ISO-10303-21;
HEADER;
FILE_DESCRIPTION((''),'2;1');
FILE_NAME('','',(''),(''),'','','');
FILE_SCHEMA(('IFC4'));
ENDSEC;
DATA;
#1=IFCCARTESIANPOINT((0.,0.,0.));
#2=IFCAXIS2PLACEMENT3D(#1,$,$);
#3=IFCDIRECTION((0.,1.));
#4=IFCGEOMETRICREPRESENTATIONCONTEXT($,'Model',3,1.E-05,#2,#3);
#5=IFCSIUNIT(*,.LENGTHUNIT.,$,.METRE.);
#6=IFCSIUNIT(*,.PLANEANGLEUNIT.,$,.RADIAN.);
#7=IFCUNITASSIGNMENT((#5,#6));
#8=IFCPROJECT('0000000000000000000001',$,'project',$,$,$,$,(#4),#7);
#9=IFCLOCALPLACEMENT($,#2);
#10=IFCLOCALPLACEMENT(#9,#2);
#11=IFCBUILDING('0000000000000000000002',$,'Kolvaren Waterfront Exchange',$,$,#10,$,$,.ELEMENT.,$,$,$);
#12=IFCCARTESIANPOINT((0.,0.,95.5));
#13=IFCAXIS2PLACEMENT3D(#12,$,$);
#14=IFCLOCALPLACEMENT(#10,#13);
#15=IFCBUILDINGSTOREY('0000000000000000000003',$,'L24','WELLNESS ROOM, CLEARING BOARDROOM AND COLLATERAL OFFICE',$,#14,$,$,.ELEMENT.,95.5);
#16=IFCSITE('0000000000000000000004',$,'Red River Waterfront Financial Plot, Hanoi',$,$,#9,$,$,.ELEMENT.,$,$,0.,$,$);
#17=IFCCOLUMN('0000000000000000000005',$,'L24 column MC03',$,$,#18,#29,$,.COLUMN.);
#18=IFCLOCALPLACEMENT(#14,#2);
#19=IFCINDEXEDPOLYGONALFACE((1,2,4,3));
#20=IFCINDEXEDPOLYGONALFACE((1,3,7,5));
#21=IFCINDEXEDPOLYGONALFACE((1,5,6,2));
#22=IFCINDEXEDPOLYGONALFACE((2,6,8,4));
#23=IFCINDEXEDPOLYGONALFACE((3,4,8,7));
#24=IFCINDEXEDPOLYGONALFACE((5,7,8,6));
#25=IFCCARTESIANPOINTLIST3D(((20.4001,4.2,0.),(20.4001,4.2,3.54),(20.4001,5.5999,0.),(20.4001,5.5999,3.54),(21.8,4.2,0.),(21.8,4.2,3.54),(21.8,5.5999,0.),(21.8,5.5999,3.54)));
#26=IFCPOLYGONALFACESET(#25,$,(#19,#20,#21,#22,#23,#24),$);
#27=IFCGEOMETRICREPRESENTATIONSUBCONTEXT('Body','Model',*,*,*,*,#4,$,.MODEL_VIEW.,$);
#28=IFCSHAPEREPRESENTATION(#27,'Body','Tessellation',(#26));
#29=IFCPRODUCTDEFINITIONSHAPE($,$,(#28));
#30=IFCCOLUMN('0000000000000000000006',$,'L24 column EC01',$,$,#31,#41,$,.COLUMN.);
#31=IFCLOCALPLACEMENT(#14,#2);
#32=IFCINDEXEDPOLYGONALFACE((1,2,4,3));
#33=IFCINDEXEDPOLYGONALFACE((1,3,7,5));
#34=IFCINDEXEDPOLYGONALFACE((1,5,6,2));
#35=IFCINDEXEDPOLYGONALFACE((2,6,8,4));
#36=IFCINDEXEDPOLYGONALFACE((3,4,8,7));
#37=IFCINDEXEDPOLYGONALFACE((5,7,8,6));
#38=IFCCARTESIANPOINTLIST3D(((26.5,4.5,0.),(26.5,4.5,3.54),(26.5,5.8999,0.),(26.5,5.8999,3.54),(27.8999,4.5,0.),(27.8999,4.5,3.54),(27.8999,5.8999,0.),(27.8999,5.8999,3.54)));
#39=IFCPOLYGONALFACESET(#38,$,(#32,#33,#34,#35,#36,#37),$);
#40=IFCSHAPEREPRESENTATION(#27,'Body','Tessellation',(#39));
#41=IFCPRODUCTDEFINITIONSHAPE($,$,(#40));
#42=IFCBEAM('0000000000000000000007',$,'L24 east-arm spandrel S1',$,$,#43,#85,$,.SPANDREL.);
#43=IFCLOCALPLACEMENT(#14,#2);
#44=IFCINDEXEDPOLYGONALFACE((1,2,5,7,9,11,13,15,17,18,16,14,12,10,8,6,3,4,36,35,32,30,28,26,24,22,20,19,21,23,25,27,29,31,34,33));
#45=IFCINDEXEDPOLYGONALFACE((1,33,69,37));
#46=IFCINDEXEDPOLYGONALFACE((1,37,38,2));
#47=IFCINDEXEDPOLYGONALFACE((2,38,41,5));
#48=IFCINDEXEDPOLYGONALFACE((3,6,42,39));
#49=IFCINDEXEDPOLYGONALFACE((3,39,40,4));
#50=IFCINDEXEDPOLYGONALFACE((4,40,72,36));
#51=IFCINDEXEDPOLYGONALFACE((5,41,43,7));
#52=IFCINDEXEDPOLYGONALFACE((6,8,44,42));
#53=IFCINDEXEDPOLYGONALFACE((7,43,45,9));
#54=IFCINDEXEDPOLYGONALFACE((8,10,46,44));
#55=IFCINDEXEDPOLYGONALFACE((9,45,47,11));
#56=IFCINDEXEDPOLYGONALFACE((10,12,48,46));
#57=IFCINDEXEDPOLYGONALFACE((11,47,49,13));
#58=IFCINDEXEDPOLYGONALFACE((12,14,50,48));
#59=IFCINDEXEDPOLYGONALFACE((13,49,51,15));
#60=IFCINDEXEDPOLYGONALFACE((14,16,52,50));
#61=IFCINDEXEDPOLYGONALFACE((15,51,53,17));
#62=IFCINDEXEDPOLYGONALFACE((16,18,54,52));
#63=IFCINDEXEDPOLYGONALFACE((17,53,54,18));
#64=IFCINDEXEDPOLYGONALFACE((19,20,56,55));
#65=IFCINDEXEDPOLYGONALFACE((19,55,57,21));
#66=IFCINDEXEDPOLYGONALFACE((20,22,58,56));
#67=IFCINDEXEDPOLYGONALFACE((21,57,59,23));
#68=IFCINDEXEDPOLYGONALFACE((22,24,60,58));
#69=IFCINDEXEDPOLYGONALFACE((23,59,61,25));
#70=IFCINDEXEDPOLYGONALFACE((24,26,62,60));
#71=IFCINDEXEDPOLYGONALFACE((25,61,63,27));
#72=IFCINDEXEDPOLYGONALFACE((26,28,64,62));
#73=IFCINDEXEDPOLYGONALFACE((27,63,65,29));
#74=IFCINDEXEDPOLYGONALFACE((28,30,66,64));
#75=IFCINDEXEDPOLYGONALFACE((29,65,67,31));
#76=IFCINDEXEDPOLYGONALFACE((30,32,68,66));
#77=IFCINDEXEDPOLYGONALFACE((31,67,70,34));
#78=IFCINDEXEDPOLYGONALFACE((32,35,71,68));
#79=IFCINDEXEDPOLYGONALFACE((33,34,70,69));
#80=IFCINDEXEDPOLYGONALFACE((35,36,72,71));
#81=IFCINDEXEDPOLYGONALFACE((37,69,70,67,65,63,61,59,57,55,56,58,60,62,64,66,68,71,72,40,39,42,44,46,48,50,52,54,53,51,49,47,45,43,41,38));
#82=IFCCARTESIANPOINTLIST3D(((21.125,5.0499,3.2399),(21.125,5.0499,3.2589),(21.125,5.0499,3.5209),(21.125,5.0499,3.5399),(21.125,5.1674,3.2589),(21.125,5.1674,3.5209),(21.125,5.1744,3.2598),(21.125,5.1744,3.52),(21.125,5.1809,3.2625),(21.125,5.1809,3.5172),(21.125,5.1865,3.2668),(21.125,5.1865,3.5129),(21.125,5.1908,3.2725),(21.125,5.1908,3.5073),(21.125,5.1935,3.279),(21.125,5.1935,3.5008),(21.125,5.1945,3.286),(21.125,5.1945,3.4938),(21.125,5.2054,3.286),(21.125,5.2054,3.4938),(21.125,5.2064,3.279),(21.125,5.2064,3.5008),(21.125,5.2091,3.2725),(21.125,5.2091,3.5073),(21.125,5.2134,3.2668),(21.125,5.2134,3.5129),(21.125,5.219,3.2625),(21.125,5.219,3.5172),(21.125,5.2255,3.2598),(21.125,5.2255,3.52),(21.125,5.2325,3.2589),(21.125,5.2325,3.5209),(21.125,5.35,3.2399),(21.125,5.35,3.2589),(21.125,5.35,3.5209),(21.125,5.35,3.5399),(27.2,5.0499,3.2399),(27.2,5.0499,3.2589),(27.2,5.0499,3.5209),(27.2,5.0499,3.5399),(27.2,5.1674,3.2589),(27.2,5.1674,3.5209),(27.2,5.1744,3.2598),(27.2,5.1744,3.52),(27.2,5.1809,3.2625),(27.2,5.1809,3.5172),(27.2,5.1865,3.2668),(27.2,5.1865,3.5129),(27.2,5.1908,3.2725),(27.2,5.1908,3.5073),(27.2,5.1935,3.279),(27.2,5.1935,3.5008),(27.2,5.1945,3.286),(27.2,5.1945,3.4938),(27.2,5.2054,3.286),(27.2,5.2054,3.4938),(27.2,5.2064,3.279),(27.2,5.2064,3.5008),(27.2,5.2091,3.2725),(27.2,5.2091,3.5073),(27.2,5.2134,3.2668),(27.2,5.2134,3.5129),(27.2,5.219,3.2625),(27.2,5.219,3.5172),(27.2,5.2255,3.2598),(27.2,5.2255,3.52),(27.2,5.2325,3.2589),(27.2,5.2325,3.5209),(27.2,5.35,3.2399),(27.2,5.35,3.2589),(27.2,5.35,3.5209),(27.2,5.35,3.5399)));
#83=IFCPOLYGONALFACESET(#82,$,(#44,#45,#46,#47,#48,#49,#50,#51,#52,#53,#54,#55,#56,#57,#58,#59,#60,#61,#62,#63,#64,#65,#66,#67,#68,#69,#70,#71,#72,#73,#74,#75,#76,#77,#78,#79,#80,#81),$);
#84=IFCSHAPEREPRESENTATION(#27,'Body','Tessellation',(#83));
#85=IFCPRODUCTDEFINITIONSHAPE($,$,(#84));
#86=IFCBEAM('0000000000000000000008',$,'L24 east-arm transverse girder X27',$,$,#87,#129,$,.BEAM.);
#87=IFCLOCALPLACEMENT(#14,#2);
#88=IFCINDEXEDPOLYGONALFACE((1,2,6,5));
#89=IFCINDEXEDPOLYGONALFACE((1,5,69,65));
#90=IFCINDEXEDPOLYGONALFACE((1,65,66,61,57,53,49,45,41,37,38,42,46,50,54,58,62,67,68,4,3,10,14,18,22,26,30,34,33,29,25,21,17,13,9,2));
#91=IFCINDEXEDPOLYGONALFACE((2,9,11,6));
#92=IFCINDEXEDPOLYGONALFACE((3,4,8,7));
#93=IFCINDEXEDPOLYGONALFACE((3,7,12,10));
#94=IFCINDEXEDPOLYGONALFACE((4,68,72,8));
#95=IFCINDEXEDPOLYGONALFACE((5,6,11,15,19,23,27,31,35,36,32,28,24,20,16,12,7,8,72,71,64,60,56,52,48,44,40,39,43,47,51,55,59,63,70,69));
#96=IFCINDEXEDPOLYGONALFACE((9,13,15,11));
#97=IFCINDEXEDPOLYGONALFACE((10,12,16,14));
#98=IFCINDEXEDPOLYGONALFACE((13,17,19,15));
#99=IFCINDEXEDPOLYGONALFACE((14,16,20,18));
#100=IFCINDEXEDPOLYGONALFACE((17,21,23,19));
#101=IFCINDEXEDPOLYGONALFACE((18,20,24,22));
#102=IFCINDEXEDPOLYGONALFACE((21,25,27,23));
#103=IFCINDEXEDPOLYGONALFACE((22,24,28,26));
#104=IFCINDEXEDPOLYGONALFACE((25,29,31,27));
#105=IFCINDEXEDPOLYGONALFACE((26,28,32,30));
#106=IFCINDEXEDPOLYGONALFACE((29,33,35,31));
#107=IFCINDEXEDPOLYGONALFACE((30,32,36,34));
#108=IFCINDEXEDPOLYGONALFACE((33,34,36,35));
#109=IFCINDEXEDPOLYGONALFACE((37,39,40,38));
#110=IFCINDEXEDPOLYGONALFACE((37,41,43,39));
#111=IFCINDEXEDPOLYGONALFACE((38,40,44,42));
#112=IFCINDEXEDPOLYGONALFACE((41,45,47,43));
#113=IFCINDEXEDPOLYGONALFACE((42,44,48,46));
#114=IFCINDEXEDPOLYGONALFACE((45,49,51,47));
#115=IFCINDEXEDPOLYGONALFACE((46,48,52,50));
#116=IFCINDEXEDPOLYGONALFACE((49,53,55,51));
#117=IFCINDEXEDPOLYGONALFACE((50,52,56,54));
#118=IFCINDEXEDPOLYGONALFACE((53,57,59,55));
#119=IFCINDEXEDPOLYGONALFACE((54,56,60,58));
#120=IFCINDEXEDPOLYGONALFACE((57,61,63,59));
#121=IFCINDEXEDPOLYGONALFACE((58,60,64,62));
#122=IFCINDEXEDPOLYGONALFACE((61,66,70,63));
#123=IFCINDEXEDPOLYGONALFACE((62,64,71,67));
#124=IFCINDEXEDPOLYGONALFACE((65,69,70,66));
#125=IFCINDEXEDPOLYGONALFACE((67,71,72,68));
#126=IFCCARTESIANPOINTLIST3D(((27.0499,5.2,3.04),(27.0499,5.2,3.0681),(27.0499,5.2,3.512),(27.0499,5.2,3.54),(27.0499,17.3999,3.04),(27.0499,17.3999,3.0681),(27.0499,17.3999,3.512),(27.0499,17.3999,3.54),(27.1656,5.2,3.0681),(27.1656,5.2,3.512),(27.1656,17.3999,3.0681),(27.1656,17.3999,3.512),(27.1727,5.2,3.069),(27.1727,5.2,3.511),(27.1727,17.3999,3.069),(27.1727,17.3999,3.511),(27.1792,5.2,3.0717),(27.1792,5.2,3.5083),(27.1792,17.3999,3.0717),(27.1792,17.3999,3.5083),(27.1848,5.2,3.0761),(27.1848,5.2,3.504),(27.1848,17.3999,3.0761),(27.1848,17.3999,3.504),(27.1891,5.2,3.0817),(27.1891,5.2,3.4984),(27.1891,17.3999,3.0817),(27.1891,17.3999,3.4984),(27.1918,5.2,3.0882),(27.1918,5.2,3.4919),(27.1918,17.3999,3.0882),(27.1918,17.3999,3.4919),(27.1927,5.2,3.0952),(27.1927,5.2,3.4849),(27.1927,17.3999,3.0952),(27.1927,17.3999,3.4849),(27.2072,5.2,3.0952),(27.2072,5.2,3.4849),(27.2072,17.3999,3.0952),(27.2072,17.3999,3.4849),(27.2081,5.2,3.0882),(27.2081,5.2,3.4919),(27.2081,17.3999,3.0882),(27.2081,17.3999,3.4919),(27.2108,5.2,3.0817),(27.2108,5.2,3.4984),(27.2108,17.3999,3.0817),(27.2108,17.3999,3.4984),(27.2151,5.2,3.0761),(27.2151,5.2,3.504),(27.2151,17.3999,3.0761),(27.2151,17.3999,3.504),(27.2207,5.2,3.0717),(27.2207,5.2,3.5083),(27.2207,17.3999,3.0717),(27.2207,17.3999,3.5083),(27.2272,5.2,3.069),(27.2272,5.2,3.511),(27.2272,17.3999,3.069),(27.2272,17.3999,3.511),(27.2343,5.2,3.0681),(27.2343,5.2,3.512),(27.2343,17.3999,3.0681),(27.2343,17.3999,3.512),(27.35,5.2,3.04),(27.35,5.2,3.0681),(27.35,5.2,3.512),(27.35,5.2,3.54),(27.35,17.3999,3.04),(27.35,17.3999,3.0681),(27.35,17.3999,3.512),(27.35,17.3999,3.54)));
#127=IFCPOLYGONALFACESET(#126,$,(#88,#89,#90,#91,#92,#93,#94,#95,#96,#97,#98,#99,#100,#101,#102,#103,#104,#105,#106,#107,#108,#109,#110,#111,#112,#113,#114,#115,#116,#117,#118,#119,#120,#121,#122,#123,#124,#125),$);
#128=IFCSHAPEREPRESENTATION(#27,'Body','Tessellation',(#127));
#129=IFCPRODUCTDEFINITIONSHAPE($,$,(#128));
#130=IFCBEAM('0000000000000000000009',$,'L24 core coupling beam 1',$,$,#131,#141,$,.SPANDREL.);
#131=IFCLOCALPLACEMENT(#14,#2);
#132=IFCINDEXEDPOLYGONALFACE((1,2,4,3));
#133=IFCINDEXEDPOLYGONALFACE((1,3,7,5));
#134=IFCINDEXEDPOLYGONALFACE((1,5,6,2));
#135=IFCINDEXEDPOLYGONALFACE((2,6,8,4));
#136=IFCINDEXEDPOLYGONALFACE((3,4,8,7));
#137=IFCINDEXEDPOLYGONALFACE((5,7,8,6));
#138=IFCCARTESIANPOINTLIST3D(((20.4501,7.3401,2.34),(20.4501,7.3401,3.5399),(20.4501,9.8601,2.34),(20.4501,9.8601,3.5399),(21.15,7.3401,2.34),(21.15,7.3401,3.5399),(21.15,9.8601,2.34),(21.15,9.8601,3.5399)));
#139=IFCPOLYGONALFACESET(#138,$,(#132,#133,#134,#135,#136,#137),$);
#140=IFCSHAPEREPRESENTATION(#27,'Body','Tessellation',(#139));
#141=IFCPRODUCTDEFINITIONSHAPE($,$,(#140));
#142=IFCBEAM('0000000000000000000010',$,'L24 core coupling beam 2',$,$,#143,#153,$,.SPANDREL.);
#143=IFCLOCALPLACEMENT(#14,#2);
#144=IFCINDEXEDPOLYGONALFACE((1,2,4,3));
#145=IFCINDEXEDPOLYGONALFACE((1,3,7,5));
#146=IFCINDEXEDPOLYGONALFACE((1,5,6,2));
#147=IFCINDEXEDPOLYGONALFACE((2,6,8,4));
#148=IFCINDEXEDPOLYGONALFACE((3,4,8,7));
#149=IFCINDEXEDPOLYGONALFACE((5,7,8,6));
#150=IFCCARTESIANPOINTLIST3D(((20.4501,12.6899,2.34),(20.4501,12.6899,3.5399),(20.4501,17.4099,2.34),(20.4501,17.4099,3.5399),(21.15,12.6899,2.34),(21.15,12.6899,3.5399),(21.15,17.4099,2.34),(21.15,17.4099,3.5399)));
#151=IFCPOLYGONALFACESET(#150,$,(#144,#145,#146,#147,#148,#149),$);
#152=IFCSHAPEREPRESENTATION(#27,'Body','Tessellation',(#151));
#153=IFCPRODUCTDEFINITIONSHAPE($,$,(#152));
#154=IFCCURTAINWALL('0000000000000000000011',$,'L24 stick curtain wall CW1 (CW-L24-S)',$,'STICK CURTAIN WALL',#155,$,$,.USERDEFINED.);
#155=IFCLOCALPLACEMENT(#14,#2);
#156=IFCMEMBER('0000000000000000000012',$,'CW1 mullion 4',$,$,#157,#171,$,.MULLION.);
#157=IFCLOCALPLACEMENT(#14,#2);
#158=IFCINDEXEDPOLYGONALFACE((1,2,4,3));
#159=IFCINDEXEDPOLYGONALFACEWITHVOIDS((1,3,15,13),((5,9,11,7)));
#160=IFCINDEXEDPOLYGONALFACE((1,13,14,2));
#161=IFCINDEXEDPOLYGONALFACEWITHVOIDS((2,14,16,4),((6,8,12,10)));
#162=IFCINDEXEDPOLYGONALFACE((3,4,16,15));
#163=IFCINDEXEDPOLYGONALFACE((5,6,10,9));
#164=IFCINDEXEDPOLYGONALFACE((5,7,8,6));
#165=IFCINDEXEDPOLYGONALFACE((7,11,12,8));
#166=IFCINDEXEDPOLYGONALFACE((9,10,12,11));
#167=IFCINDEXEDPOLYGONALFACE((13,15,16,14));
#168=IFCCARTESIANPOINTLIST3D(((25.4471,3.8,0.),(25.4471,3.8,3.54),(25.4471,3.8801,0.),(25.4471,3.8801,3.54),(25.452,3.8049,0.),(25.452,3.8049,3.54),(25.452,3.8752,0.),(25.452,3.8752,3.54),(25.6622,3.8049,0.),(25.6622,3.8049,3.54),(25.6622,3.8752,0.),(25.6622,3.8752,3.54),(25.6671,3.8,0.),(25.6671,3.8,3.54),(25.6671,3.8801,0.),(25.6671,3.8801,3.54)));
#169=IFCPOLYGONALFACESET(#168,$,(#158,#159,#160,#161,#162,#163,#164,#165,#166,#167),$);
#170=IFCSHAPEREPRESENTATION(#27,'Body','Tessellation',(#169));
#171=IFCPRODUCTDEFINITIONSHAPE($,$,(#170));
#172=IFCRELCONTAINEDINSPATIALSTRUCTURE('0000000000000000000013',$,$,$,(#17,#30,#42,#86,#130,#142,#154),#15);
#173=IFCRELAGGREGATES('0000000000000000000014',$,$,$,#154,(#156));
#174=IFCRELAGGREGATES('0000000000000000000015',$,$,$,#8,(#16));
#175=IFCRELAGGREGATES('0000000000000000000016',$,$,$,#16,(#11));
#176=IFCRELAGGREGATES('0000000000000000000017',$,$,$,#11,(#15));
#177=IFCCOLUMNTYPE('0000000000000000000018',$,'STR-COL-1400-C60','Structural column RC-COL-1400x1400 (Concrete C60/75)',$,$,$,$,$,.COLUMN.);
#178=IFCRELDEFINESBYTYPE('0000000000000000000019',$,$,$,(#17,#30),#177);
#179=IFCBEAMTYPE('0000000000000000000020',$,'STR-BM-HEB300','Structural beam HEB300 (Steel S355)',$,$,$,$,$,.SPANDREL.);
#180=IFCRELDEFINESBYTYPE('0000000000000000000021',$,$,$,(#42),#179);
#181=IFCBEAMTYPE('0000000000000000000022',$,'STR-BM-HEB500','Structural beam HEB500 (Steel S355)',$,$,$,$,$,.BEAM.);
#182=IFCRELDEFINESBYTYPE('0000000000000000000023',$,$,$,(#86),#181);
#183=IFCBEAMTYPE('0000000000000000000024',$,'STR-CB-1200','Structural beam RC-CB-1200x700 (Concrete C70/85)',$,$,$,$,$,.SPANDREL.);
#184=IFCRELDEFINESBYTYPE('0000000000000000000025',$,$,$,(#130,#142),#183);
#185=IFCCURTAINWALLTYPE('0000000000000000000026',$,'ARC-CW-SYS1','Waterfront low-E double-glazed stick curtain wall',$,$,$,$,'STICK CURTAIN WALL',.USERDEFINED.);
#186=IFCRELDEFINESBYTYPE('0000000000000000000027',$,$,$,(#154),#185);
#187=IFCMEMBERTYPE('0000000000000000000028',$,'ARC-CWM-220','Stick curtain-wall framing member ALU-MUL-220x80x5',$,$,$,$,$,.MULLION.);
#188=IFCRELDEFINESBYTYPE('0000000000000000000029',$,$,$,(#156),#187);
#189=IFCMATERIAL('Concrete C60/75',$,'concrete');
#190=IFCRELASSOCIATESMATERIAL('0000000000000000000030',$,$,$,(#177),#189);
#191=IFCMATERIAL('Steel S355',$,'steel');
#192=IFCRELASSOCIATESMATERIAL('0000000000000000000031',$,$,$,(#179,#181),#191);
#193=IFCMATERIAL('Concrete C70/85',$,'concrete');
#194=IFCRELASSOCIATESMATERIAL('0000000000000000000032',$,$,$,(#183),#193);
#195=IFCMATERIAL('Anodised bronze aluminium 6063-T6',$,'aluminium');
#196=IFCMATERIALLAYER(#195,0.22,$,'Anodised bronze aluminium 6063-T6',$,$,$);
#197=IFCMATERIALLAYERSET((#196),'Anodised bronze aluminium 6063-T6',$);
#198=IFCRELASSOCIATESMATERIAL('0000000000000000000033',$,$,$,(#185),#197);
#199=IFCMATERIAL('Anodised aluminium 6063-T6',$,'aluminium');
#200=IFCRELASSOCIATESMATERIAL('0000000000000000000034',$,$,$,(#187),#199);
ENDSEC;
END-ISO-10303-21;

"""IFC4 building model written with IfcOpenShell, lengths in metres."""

from ifc_helpers import new_model, si_unit, direction, frame, origin, origin_with_axes, origin_2d, place, context, subcontext, project, spatial, rectangle, hollow_rectangle, i_section, extrude, source, transform, mapped, material, layer, layer_set, material_profile, profile_set, type_object, element, aggregate, save


model = new_model("IFC4")

# Units and contexts
model_context = context("Model", 3, precision=1e-05, world=origin(), true_north=direction((0.0, 1.0)))
body_context = subcontext(model_context, "Body", "Model", "MODEL_VIEW")
ifc_project = project(units=[si_unit("LENGTHUNIT", "METRE"), si_unit("PLANEANGLEUNIT", "RADIAN")], contexts=[model_context])

# Site, building, storey
site_placement = place(None, origin())
site = spatial("IfcSite", under=ifc_project, at=site_placement, Name="Red River Waterfront Financial Plot, Hanoi", CompositionType="ELEMENT", RefElevation=0.0)
building_placement = place(site_placement, origin())
building = spatial("IfcBuilding", under=site, at=building_placement, Name="Kolvaren Waterfront Exchange", CompositionType="ELEMENT")
storey_placement = place(building_placement, frame((0.0, 0.0, 95.5)))
storey = spatial("IfcBuildingStorey", under=building, at=storey_placement, Name="L24", Description="WELLNESS ROOM, CLEARING BOARDROOM AND COLLATERAL OFFICE", CompositionType="ELEMENT", Elevation=95.5)

# Columns
ifc_material_1 = material(Name="Concrete C60/75", Category="concrete")
ifc_material_profile_1 = material_profile(ifc_material_1, rectangle(XDim=1.3999, YDim=1.3999, at=origin_2d()), Name="RC-COL-1400x1400")
ifc_profile_set_1 = profile_set([ifc_material_profile_1], Name="Concrete C60/75")
column_type = type_object("IfcColumnType", Name="STR-COL-1400-C60", Description="Structural column RC-COL-1400x1400 (Concrete C60/75)", PredefinedType="COLUMN", material=ifc_profile_set_1)
for number, where, z_axis, x_axis, name in (
    (1, (21.1001, 4.8999, 0.0), (0.0, 0.0, 1.0), (1.0, 0.0, 0.0), "L24 column MC03"),
    (2, (27.2, 5.2, 0.0), (0.0, 0.0, 1.0), (1.0, 0.0, 0.0), "L24 column EC01"),
):
    element("IfcColumn", number, at=place(storey_placement, frame(where, z_axis=z_axis, x_axis=x_axis)), inside=storey, type_object=column_type, Name=name, PredefinedType="COLUMN", context=body_context, shape_type="SweptSolid", body=[
        extrude(rectangle(XDim=1.3999, YDim=1.3999, at=origin_2d()), origin(), (0.0, 0.0, 1.0), 3.54),
    ])

# Beams
ifc_material_2 = material(Name="Steel S355", Category="steel")
ifc_material_profile_2 = material_profile(ifc_material_2, i_section(OverallWidth=0.3, OverallDepth=0.3, WebThickness=0.011, FlangeThickness=0.019, FilletRadius=0.0271, at=origin_2d()), Name="HEB300")
ifc_profile_set_2 = profile_set([ifc_material_profile_2], Name="Steel S355")
beam_type_1 = type_object("IfcBeamType", Name="STR-BM-HEB300", Description="Structural beam HEB300 (Steel S355)", PredefinedType="SPANDREL", material=ifc_profile_set_2)
beam_1_placement = place(storey_placement, frame((21.125, 5.2, 3.3899), z_axis=(1.0, 0.0, 0.0), x_axis=(0.0, 1.0, 0.0)))
element("IfcBeam", 3, at=beam_1_placement, inside=storey, type_object=beam_type_1, Name="L24 east-arm spandrel S1", PredefinedType="SPANDREL", context=body_context, shape_type="SweptSolid", body=[
    extrude(i_section(OverallWidth=0.3, OverallDepth=0.3, WebThickness=0.011, FlangeThickness=0.019, FilletRadius=0.0271, at=origin_2d()), origin(), (0.0, 0.0, 1.0), 6.075),
])
ifc_material_profile_3 = material_profile(ifc_material_2, i_section(OverallWidth=0.3, OverallDepth=0.5, WebThickness=0.0144, FlangeThickness=0.0281, FilletRadius=0.0271, at=origin_2d()), Name="HEB500")
ifc_profile_set_3 = profile_set([ifc_material_profile_3], Name="Steel S355")
beam_type_2 = type_object("IfcBeamType", Name="STR-BM-HEB500", Description="Structural beam HEB500 (Steel S355)", PredefinedType="BEAM", material=ifc_profile_set_3)
beam_2_placement = place(storey_placement, frame((27.2, 5.2, 3.29), z_axis=(0.0, 1.0, 0.0), x_axis=(-1.0, 0.0, 0.0)))
element("IfcBeam", 4, at=beam_2_placement, inside=storey, type_object=beam_type_2, Name="L24 east-arm transverse girder X27", PredefinedType="BEAM", context=body_context, shape_type="SweptSolid", body=[
    extrude(i_section(OverallWidth=0.3, OverallDepth=0.5, WebThickness=0.0144, FlangeThickness=0.0281, FilletRadius=0.0271, at=origin_2d()), origin(), (0.0, 0.0, 1.0), 12.2),
])
ifc_material_3 = material(Name="Concrete C70/85", Category="concrete")
ifc_material_profile_4 = material_profile(ifc_material_3, rectangle(XDim=0.7, YDim=1.2, at=origin_2d()), Name="RC-CB-1200x700")
ifc_profile_set_4 = profile_set([ifc_material_profile_4], Name="Concrete C70/85")
beam_type_3 = type_object("IfcBeamType", Name="STR-CB-1200", Description="Structural beam RC-CB-1200x700 (Concrete C70/85)", PredefinedType="SPANDREL", material=ifc_profile_set_4)
beam_3_placement = place(storey_placement, frame((20.8, 7.3401, 2.9399), z_axis=(0.0, 1.0, 0.0), x_axis=(-1.0, 0.0, 0.0)))
element("IfcBeam", 5, at=beam_3_placement, inside=storey, type_object=beam_type_3, Name="L24 core coupling beam 1", PredefinedType="SPANDREL", context=body_context, shape_type="SweptSolid", body=[
    extrude(rectangle(XDim=0.7, YDim=1.2, at=origin_2d()), origin(), (0.0, 0.0, 1.0), 2.52),
])
beam_4_placement = place(storey_placement, frame((20.8, 12.6899, 2.9399), z_axis=(0.0, 1.0, 0.0), x_axis=(-1.0, 0.0, 0.0)))
element("IfcBeam", 6, at=beam_4_placement, inside=storey, type_object=beam_type_3, Name="L24 core coupling beam 2", PredefinedType="SPANDREL", context=body_context, shape_type="SweptSolid", body=[
    extrude(rectangle(XDim=0.7, YDim=1.2, at=origin_2d()), origin(), (0.0, 0.0, 1.0), 4.72),
])

# Curtain wall, member
ifc_material_4 = material(Name="Anodised bronze aluminium 6063-T6", Category="aluminium")
ifc_layer_1 = layer(ifc_material_4, 0.22, Name="Anodised bronze aluminium 6063-T6")
ifc_layer_set_1 = layer_set([ifc_layer_1], Name="Anodised bronze aluminium 6063-T6")
curtain_wall_type = type_object("IfcCurtainWallType", Name="ARC-CW-SYS1", Description="Waterfront low-E double-glazed stick curtain wall", ElementType="STICK CURTAIN WALL", PredefinedType="USERDEFINED", material=ifc_layer_set_1)
curtain_wall_placement = place(storey_placement, origin())
curtain_wall = element("IfcCurtainWall", 7, at=curtain_wall_placement, inside=storey, type_object=curtain_wall_type, Name="L24 stick curtain wall CW1 (CW-L24-S)", ObjectType="STICK CURTAIN WALL", PredefinedType="USERDEFINED")
ifc_material_5 = material(Name="Anodised aluminium 6063-T6", Category="aluminium")
ifc_material_profile_5 = material_profile(ifc_material_5, hollow_rectangle(XDim=0.0801, YDim=0.22, WallThickness=0.0049, at=origin_2d()), Name="ALU-MUL-220x80x5")
ifc_profile_set_5 = profile_set([ifc_material_profile_5], Name="Anodised aluminium 6063-T6")
member_type_1 = type_object("IfcMemberType", Name="ARC-CWM-220", Description="Stick curtain-wall framing member ALU-MUL-220x80x5", PredefinedType="MULLION", material=ifc_profile_set_5)
shared_shape_1 = source(origin_with_axes(), body_context, "Body", "SweptSolid", [
    extrude(hollow_rectangle(XDim=0.0801, YDim=0.22, WallThickness=0.0049, at=origin_2d()), origin(), (0.0, 0.0, 1.0), 3.54),
])
member_1_placement = place(storey_placement, frame((25.5571, 3.8401, 0.0), z_axis=(0.0, 0.0, 1.0), x_axis=(0.0, 1.0, 0.0)))
member_1 = element("IfcMember", 8, at=member_1_placement, type_object=member_type_1, Name="CW1 mullion 4", PredefinedType="MULLION", context=body_context, shape_type="MappedRepresentation", body=[
    mapped(shared_shape_1, transform((0.0, 0.0, 0.0), x_axis=(1.0, 0.0, 0.0), y_axis=(0.0, 1.0, 0.0), z_axis=(0.0, 0.0, 1.0), scale=1.0)),
])
aggregate(curtain_wall, [member_1])

save(model, "model.ifc")
